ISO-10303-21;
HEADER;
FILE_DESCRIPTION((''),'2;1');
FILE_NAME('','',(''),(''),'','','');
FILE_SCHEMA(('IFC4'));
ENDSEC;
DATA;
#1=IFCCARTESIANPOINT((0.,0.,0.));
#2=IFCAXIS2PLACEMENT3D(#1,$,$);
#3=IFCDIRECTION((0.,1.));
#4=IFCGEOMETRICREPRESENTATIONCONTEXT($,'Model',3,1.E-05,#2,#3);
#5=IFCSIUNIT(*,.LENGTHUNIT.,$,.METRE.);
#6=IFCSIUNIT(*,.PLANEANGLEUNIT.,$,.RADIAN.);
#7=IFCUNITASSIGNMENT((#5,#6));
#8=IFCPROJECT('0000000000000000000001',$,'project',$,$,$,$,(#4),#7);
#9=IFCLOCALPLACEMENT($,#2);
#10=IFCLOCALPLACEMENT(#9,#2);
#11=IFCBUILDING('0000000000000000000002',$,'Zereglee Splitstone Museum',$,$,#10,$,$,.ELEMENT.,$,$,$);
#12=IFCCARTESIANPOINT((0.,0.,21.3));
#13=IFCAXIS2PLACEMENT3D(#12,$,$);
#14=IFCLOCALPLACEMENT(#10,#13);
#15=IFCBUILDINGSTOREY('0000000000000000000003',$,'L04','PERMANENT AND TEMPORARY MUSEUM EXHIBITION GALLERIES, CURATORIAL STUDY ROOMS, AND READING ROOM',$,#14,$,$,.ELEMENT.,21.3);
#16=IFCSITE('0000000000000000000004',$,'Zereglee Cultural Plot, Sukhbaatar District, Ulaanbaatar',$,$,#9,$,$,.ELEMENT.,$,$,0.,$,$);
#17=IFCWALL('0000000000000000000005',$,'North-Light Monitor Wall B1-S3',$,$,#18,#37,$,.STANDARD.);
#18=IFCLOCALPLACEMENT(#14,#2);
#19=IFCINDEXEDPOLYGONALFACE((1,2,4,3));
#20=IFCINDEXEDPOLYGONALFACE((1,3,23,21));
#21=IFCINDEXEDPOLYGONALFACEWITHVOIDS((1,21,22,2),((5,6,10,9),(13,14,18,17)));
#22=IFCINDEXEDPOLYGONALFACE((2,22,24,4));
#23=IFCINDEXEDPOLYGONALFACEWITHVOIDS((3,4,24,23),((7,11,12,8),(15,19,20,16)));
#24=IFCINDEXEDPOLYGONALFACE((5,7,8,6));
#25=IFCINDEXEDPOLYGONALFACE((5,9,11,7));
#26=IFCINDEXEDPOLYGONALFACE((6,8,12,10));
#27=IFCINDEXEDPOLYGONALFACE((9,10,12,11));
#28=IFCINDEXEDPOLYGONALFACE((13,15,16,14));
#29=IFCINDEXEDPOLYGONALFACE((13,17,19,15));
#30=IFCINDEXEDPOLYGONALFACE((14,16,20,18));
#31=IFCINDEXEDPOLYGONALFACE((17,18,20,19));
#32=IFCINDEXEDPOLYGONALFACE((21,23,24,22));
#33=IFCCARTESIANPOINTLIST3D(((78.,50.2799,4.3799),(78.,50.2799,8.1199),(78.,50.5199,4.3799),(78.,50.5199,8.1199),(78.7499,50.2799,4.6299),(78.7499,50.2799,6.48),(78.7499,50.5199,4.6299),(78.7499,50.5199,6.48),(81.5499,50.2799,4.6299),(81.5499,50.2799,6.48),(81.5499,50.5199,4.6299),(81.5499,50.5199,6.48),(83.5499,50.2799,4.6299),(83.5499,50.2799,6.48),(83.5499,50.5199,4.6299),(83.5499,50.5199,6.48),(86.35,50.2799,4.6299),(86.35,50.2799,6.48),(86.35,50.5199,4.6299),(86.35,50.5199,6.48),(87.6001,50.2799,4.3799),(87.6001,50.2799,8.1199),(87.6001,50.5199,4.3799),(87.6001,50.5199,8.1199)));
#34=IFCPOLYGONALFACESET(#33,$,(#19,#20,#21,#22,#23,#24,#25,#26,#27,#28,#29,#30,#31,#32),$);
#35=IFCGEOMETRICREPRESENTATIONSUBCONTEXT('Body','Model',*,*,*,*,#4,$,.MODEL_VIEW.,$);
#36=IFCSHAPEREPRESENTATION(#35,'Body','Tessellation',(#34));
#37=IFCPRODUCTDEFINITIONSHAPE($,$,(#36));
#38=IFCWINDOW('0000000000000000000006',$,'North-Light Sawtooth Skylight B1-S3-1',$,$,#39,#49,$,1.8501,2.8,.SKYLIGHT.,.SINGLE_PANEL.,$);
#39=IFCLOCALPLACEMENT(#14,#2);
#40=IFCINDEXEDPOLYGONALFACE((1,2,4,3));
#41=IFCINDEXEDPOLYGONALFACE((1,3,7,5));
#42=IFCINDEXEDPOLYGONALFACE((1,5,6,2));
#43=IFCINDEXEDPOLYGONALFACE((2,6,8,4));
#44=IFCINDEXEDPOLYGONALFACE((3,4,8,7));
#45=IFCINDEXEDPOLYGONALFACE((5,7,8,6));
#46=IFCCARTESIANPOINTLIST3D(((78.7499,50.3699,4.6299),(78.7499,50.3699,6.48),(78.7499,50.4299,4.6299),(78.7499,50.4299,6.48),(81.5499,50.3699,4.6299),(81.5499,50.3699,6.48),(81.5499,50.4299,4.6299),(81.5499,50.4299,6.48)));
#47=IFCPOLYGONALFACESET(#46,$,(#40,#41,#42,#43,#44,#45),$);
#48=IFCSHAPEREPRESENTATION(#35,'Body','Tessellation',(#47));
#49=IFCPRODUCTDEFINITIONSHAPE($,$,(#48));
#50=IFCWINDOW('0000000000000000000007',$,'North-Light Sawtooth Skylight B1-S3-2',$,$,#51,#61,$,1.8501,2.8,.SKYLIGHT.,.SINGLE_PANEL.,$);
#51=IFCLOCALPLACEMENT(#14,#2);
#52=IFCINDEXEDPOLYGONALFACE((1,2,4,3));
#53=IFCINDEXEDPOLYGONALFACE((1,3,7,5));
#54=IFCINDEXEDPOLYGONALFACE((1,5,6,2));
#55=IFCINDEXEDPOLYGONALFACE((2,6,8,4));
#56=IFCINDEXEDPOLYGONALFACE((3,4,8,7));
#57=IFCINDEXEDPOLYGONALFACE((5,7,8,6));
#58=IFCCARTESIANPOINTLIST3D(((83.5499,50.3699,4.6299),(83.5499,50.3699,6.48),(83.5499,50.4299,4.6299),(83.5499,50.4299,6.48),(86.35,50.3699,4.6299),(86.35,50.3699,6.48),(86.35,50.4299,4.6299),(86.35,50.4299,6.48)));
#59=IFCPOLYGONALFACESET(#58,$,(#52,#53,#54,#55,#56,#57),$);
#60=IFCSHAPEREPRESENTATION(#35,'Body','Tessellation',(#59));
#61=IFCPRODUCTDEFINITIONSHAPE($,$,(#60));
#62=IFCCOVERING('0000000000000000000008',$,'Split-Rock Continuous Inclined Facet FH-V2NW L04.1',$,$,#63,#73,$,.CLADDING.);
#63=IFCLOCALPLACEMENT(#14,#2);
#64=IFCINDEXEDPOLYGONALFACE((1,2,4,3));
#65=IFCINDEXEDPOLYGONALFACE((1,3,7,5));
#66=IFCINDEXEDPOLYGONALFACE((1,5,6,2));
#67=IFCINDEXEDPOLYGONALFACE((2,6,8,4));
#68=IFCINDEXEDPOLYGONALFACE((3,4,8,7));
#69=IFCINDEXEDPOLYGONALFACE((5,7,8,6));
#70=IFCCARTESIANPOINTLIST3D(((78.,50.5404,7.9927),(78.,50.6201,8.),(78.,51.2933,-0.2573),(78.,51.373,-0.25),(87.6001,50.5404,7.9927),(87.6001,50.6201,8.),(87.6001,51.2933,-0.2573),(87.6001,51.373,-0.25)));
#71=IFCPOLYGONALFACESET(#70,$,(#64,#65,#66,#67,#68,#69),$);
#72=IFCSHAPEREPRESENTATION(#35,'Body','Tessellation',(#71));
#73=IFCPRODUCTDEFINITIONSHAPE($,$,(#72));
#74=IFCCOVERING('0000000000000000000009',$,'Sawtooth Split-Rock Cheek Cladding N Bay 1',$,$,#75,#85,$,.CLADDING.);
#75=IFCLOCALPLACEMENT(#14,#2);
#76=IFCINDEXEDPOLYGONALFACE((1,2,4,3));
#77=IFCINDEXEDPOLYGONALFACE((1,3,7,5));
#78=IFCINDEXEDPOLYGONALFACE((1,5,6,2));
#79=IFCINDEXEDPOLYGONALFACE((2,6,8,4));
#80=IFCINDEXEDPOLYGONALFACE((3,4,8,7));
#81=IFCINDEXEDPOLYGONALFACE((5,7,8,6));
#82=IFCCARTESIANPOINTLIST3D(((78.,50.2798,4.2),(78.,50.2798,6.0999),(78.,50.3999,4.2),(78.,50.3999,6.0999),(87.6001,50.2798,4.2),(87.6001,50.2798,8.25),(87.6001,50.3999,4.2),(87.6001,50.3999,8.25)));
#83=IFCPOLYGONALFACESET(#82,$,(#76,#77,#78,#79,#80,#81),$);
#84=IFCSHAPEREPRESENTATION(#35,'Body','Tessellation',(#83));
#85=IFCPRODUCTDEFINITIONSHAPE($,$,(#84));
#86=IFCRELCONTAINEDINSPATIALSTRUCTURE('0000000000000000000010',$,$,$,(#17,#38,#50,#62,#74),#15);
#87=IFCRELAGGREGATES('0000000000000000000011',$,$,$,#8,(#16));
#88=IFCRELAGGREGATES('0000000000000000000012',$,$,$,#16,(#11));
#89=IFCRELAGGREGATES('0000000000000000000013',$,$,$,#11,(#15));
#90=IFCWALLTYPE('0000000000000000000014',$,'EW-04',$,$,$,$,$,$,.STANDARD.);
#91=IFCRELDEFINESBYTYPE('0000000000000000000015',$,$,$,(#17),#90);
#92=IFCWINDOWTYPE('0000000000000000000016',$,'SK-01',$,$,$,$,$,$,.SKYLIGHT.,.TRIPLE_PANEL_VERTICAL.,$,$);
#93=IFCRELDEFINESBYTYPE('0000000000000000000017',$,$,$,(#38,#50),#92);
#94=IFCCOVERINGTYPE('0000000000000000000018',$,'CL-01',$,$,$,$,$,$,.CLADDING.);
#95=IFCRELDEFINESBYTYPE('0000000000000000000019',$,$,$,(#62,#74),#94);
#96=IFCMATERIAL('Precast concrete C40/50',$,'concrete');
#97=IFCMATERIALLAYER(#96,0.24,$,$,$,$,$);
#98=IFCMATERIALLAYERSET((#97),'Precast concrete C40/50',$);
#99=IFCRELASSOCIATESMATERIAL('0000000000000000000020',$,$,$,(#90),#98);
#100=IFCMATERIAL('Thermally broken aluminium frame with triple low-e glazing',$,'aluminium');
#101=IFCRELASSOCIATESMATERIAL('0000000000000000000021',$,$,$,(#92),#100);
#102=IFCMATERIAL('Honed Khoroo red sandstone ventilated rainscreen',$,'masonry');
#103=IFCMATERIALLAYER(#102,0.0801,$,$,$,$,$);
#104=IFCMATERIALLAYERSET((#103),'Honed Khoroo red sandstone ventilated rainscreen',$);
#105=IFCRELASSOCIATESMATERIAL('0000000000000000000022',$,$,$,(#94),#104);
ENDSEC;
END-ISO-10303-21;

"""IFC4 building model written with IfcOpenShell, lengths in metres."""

from ifc_helpers import new_model, si_unit, direction, frame, frame_2d, origin, place, context, subcontext, project, spatial, polyline, rectangle, outline, extrude, material, layer, layer_set, type_object, element, fill, save


model = new_model("IFC4")

# Units and contexts
model_context = context("Model", 3, precision=1e-05, world=origin(), true_north=direction((0.0, 1.0)))
body_context = subcontext(model_context, "Body", "Model", "MODEL_VIEW")
ifc_project = project(units=[si_unit("LENGTHUNIT", "METRE"), si_unit("PLANEANGLEUNIT", "RADIAN")], contexts=[model_context])

# Site, building, storey
site_placement = place(None, origin())
site = spatial("IfcSite", under=ifc_project, at=site_placement, Name="Zereglee Cultural Plot, Sukhbaatar District, Ulaanbaatar", CompositionType="ELEMENT", RefElevation=0.0)
building_placement = place(site_placement, origin())
building = spatial("IfcBuilding", under=site, at=building_placement, Name="Zereglee Splitstone Museum", CompositionType="ELEMENT")
storey_placement = place(building_placement, frame((0.0, 0.0, 21.3)))
storey = spatial("IfcBuildingStorey", under=building, at=storey_placement, Name="L04", Description="PERMANENT AND TEMPORARY MUSEUM EXHIBITION GALLERIES, CURATORIAL STUDY ROOMS, AND READING ROOM", CompositionType="ELEMENT", Elevation=21.3)

# Wall, openings, windows
ifc_material_1 = material(Name="Precast concrete C40/50", Category="concrete")
ifc_layer_1 = layer(ifc_material_1, 0.24)
ifc_layer_set_1 = layer_set([ifc_layer_1], Name="Precast concrete C40/50")
wall_type = type_object("IfcWallType", Name="EW-04", PredefinedType="STANDARD", material=ifc_layer_set_1)
wall_placement = place(storey_placement, frame((78.0, 50.3999, 4.3799), z_axis=(0.0, 0.0, 1.0), x_axis=(1.0, 0.0, 0.0)))
wall = element("IfcWall", 1, at=wall_placement, inside=storey, type_object=wall_type, Name="North-Light Monitor Wall B1-S3", PredefinedType="STANDARD", context=body_context, shape_type="SweptSolid", body=[
    extrude(rectangle(XDim=9.6001, YDim=0.24, at=frame_2d((4.8, 0.0))), origin(), (0.0, 0.0, 1.0), 3.74),
])
opening_1_placement = place(wall_placement, frame((0.75, 0.0, 0.25)))
opening_1 = element("IfcOpeningElement", 2, at=opening_1_placement, cuts=wall, PredefinedType="OPENING", context=body_context, shape_type="SweptSolid", body=[
    extrude(rectangle(XDim=2.8, YDim=1.8501, at=frame_2d((1.3999, 0.925))), frame((0.0, 0.1348, 0.0), z_axis=(0.0, -1.0, 0.0), x_axis=(1.0, 0.0, 0.0)), (0.0, 0.0, 1.0), 0.2698),
])
opening_2_placement = place(wall_placement, frame((5.55, 0.0, 0.25)))
opening_2 = element("IfcOpeningElement", 3, at=opening_2_placement, cuts=wall, PredefinedType="OPENING", context=body_context, shape_type="SweptSolid", body=[
    extrude(rectangle(XDim=2.8, YDim=1.8501, at=frame_2d((1.3999, 0.925))), frame((0.0, 0.1348, 0.0), z_axis=(0.0, -1.0, 0.0), x_axis=(1.0, 0.0, 0.0)), (0.0, 0.0, 1.0), 0.2698),
])
ifc_material_2 = material(Name="Thermally broken aluminium frame with triple low-e glazing", Category="aluminium")
window_type = type_object("IfcWindowType", Name="SK-01", PartitioningType="TRIPLE_PANEL_VERTICAL", PredefinedType="SKYLIGHT", material=ifc_material_2)
window_1_placement = place(opening_1_placement, origin())
window_1 = element("IfcWindow", 4, at=window_1_placement, inside=storey, type_object=window_type, Name="North-Light Sawtooth Skylight B1-S3-1", OverallHeight=1.8501, OverallWidth=2.8, PartitioningType="SINGLE_PANEL", PredefinedType="SKYLIGHT", context=body_context, shape_type="SweptSolid", body=[
    extrude(rectangle(XDim=2.8, YDim=1.8501, at=frame_2d((1.3999, 0.925))), frame((0.0, 0.03, 0.0), z_axis=(0.0, -1.0, 0.0), x_axis=(1.0, 0.0, 0.0)), (0.0, 0.0, 1.0), 0.0601),
])
fill(opening_1, window_1)
window_2_placement = place(opening_2_placement, origin())
window_2 = element("IfcWindow", 5, at=window_2_placement, inside=storey, type_object=window_type, Name="North-Light Sawtooth Skylight B1-S3-2", OverallHeight=1.8501, OverallWidth=2.8, PartitioningType="SINGLE_PANEL", PredefinedType="SKYLIGHT", context=body_context, shape_type="SweptSolid", body=[
    extrude(rectangle(XDim=2.8, YDim=1.8501, at=frame_2d((1.3999, 0.925))), frame((0.0, 0.03, 0.0), z_axis=(0.0, -1.0, 0.0), x_axis=(1.0, 0.0, 0.0)), (0.0, 0.0, 1.0), 0.0601),
])
fill(opening_2, window_2)

# Coverings
ifc_material_3 = material(Name="Honed Khoroo red sandstone ventilated rainscreen", Category="masonry")
ifc_layer_2 = layer(ifc_material_3, 0.0801)
ifc_layer_set_2 = layer_set([ifc_layer_2], Name="Honed Khoroo red sandstone ventilated rainscreen")
covering_type = type_object("IfcCoveringType", Name="CL-01", PredefinedType="CLADDING", material=ifc_layer_set_2)
covering_1_placement = place(storey_placement, frame((78.0, 50.6201, 8.0), z_axis=(0.0, 0.995861, 0.090886), x_axis=(1.0, 0.0, 0.0)))
element("IfcCovering", 6, at=covering_1_placement, inside=storey, type_object=covering_type, Name="Split-Rock Continuous Inclined Facet FH-V2NW L04.1", PredefinedType="CLADDING", context=body_context, shape_type="SweptSolid", body=[
    extrude(outline(polyline([(0.0, 0.0), (9.6001, 0.0), (9.6001, 8.2843), (0.0, 8.2843), (0.0, 0.0)])), origin(), (0.0, 0.0, -1.0), 0.0801),
])
covering_2_placement = place(storey_placement, frame((78.0, 50.3999, 6.0999), z_axis=(0.0, 1.0, 0.0), x_axis=(0.975824, 0.0, 0.218557)))
element("IfcCovering", 7, at=covering_2_placement, inside=storey, type_object=covering_type, Name="Sawtooth Split-Rock Cheek Cladding N Bay 1", PredefinedType="CLADDING", context=body_context, shape_type="SweptSolid", body=[
    extrude(outline(polyline([(0.0, 0.0), (9.8379, 0.0), (8.9528, 3.9521), (-0.4152, 1.854), (0.0, 0.0)])), origin(), (0.0, 0.0, -1.0), 0.1201),
])

save(model, "model.ifc")
